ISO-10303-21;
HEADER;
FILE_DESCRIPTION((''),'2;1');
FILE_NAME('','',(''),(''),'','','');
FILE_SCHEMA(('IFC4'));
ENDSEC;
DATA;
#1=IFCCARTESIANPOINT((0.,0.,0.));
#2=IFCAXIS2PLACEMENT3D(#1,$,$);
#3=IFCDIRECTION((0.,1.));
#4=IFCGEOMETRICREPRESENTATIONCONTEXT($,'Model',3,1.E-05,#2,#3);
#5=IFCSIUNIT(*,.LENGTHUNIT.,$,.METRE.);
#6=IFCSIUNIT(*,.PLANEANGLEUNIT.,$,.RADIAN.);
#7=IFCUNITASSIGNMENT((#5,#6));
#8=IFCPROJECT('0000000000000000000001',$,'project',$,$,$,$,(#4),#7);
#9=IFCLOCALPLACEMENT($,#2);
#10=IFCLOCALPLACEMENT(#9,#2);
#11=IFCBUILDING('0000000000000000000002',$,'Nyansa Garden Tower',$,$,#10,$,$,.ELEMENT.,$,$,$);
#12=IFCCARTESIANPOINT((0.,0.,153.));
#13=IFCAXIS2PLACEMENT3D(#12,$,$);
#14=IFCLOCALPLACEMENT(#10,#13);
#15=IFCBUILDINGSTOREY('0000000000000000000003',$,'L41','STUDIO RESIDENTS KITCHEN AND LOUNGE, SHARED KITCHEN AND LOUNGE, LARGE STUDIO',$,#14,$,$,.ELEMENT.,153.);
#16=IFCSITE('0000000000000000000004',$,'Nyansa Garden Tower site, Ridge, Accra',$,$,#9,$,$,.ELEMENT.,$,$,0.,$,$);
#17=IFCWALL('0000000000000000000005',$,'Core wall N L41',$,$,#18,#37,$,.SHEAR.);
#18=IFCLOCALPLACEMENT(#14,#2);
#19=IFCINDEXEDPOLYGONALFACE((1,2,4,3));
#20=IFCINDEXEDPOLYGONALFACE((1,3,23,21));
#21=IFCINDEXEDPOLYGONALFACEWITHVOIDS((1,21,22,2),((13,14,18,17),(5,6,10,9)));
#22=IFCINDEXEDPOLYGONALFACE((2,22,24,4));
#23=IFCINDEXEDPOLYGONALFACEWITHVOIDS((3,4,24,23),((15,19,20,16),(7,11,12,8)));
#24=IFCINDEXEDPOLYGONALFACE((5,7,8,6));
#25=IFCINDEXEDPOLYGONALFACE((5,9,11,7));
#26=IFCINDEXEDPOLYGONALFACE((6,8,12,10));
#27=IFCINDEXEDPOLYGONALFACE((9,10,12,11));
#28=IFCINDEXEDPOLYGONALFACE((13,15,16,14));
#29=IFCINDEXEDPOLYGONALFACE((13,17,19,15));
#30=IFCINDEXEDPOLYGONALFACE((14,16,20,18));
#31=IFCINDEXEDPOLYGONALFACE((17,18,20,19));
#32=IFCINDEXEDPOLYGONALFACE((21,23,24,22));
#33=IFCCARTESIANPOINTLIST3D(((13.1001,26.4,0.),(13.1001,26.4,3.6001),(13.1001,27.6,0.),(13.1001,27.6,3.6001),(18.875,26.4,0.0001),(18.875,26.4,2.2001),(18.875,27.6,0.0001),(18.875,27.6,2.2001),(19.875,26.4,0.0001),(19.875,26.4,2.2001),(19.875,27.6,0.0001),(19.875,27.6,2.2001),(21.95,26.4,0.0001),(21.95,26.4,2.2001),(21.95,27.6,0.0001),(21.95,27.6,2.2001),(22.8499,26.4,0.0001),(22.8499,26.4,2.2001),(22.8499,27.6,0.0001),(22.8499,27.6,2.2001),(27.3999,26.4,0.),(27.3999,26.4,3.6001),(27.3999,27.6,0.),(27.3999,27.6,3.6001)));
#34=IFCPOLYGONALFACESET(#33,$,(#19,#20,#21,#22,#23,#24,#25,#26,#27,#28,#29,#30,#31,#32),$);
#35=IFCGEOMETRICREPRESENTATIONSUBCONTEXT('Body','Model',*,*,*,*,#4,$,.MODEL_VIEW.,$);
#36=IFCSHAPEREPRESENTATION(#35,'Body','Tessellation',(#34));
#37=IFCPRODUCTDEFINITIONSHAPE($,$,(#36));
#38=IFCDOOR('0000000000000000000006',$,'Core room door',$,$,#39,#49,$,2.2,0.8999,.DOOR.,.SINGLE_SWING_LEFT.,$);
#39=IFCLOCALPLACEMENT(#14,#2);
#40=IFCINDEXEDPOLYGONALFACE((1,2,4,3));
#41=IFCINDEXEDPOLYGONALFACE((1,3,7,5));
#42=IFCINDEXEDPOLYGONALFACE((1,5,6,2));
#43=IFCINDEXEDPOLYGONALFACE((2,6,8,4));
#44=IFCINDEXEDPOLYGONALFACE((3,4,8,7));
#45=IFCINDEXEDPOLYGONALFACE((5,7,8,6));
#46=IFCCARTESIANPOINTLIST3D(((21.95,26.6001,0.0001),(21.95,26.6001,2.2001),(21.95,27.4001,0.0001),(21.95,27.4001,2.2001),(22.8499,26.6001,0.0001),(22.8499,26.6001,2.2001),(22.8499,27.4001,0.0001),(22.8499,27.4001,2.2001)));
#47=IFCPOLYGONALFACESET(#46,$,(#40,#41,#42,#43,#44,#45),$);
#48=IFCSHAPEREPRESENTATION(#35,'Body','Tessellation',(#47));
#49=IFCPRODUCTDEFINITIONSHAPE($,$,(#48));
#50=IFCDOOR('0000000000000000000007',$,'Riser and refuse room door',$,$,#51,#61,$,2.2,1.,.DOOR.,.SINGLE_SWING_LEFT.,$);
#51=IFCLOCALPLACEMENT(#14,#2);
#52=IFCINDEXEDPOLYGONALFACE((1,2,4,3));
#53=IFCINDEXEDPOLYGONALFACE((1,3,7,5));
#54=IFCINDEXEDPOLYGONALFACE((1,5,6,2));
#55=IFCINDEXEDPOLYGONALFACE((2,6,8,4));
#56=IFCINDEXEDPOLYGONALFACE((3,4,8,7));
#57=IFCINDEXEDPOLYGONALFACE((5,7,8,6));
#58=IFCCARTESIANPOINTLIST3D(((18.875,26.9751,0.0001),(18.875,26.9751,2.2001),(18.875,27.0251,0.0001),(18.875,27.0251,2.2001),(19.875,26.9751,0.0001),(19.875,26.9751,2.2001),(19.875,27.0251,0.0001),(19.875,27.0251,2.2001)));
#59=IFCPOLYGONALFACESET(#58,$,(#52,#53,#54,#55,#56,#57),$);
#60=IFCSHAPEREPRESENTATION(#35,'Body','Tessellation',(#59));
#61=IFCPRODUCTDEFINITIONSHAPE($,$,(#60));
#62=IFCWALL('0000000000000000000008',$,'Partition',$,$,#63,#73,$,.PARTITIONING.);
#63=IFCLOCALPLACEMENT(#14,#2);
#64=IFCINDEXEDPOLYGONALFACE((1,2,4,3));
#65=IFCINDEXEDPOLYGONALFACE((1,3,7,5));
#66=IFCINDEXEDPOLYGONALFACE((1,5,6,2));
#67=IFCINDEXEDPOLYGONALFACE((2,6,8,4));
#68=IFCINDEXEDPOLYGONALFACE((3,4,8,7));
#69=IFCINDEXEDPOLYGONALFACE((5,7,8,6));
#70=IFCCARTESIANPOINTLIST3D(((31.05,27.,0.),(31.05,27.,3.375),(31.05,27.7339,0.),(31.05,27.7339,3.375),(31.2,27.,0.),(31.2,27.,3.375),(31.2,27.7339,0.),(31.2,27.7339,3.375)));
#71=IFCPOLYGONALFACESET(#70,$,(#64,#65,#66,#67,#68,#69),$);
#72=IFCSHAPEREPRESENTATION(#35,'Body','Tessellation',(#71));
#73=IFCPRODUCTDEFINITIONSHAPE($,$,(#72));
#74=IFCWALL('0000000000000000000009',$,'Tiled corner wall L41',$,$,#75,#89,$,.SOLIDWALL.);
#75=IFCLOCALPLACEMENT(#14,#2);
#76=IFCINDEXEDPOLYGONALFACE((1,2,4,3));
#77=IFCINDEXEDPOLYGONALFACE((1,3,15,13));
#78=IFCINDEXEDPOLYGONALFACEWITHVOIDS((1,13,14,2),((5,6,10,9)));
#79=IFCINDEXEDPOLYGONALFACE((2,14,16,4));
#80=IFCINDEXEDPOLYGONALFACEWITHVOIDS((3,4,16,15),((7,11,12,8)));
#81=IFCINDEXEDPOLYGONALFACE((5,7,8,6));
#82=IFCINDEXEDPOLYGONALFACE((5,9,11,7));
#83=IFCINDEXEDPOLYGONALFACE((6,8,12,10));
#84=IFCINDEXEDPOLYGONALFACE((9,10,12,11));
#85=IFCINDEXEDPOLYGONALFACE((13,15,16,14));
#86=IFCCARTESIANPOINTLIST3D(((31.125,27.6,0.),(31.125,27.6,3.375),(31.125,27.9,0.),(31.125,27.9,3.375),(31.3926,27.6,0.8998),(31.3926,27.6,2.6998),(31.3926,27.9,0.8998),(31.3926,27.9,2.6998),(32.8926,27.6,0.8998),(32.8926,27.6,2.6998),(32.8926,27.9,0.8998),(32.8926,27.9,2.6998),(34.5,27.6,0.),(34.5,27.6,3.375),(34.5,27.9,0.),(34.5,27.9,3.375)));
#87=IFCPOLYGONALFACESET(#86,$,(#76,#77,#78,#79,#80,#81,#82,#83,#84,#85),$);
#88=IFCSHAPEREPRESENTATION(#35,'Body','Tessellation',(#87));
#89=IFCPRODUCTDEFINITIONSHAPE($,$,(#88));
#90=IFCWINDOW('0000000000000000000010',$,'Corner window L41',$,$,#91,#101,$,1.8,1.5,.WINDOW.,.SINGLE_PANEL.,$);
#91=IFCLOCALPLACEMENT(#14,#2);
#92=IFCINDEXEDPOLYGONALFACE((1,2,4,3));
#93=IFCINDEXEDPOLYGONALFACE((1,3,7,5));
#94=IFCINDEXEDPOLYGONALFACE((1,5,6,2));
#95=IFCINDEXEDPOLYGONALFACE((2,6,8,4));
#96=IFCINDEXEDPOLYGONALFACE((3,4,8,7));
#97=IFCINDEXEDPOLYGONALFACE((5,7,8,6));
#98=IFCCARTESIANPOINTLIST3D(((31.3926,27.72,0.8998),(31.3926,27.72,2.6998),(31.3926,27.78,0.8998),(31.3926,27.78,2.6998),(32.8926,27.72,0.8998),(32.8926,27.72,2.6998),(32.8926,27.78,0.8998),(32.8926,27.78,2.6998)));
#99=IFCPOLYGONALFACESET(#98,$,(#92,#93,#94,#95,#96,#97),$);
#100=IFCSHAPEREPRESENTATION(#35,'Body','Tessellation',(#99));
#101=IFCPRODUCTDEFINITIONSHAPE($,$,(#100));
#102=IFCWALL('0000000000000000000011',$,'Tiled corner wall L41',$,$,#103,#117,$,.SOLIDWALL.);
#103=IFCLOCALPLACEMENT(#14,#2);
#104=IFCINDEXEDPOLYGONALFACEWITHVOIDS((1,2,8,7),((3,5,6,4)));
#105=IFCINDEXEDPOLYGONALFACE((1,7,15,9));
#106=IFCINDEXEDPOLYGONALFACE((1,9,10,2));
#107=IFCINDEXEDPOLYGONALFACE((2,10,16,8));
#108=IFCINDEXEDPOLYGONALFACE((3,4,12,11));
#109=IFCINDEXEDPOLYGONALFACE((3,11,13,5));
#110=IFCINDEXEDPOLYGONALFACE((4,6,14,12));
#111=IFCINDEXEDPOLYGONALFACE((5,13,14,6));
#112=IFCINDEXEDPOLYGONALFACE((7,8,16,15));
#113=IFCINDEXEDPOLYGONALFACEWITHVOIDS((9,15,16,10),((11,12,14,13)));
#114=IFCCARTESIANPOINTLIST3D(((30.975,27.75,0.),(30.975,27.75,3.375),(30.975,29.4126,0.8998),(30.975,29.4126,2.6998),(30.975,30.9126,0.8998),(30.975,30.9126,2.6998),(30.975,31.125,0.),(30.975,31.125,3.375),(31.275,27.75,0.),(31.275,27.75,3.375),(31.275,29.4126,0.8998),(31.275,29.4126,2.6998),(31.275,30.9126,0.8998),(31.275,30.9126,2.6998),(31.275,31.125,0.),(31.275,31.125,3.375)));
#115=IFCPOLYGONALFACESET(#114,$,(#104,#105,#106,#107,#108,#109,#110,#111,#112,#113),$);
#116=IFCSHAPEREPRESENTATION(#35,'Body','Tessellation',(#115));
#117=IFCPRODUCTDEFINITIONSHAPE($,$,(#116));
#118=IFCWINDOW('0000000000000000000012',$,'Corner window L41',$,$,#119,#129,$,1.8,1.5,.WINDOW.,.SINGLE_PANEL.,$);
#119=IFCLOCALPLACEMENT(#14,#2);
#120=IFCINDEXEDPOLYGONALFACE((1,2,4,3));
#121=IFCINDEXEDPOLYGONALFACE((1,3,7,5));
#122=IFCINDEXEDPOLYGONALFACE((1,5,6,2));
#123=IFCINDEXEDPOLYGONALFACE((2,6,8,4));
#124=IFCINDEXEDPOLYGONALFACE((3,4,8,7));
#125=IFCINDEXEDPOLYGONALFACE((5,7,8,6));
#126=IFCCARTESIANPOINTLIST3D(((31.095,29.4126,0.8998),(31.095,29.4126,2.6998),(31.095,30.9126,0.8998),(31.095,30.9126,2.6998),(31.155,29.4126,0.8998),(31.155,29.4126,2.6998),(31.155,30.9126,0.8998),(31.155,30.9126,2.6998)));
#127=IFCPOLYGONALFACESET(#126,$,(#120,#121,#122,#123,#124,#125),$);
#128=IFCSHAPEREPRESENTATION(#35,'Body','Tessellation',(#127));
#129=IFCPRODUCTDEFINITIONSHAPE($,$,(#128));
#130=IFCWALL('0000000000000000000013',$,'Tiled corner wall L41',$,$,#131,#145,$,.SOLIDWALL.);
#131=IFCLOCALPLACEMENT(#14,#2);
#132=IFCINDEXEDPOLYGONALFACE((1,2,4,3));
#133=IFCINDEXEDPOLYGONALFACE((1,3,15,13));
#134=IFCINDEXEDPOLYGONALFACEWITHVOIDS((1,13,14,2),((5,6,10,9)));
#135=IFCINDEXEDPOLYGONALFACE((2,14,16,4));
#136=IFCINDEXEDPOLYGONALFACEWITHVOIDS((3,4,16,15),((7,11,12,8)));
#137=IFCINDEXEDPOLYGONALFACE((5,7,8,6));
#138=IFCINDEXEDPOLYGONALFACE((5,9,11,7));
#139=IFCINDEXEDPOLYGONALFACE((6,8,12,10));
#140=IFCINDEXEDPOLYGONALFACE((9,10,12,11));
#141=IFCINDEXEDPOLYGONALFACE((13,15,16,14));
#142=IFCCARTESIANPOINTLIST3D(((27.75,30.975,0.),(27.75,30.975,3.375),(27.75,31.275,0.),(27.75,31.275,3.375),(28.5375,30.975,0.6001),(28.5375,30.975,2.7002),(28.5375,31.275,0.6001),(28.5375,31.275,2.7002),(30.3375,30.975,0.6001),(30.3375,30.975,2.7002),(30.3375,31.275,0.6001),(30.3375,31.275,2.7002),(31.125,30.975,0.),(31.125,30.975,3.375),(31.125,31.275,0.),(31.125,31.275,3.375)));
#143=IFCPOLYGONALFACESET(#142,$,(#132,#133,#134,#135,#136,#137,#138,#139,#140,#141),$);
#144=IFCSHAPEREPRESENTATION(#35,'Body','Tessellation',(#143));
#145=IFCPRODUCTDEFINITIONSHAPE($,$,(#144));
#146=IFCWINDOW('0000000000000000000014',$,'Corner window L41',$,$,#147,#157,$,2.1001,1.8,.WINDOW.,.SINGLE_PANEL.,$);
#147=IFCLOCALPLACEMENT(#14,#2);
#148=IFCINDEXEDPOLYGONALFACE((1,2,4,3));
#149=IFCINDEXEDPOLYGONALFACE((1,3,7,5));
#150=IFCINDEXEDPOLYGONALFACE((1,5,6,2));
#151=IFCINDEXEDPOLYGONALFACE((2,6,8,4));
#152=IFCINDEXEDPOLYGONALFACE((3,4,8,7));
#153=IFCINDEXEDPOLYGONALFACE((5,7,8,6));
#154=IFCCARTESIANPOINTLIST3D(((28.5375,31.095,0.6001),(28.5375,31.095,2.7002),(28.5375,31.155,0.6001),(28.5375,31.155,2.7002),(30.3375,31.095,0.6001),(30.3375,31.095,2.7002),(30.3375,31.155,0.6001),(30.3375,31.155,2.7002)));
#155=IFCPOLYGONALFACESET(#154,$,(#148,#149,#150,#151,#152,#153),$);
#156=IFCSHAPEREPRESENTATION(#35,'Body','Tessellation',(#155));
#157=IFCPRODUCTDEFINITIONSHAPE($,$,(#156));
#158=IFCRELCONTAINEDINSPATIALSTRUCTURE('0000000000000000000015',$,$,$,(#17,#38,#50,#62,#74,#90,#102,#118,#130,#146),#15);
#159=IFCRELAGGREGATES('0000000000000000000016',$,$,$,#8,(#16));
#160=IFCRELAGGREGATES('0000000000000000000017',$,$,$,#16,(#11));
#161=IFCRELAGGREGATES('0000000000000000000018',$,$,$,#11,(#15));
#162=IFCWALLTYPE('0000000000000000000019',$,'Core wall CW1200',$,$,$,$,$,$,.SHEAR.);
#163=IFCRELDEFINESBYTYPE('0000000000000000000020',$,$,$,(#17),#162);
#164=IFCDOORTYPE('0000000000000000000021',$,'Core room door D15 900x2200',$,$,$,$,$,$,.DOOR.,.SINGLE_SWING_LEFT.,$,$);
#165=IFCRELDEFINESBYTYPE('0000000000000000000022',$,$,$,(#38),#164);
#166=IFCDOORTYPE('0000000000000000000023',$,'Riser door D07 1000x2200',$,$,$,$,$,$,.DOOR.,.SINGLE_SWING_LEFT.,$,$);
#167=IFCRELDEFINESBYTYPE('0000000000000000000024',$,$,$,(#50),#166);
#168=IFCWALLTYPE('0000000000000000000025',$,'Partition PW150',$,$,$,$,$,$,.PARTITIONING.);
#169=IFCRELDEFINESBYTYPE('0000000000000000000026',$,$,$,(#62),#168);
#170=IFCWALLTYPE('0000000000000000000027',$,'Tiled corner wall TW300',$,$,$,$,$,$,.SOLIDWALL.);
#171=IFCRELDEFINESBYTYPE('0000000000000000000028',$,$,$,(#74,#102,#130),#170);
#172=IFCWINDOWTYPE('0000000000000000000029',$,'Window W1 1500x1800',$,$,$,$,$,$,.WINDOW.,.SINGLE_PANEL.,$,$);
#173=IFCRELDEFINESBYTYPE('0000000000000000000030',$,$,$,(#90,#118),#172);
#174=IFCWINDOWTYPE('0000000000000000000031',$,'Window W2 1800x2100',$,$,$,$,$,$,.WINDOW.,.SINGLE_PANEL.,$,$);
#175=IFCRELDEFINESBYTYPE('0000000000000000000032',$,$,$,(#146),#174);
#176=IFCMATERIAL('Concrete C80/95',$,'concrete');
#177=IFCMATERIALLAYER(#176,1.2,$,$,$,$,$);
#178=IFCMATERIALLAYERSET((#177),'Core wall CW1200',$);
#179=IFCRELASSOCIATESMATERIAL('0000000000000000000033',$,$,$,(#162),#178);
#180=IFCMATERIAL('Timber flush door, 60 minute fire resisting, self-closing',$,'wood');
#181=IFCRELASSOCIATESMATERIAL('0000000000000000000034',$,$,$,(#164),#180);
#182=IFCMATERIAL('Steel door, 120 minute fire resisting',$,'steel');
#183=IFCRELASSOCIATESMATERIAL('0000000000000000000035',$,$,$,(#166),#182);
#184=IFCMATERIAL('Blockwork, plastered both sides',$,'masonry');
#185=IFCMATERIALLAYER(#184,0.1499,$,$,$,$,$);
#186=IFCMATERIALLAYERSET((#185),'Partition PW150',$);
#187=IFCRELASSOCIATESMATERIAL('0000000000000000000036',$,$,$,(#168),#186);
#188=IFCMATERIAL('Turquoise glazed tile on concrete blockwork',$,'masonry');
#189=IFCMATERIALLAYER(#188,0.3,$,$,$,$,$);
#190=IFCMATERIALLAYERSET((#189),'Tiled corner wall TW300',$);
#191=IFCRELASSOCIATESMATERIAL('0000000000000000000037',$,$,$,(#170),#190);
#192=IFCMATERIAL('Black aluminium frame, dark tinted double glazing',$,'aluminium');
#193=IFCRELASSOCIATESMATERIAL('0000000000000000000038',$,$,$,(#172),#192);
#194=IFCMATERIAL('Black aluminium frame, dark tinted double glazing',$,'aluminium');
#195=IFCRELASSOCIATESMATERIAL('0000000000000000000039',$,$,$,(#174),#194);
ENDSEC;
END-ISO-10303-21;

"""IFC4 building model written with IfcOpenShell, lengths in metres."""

from ifc_helpers import new_model, si_unit, direction, frame, frame_2d, origin, place, context, subcontext, project, spatial, rectangle, extrude, material, layer, layer_set, type_object, element, fill, save


model = new_model("IFC4")

# Units and contexts
model_context = context("Model", 3, precision=1e-05, world=origin(), true_north=direction((0.0, 1.0)))
body_context = subcontext(model_context, "Body", "Model", "MODEL_VIEW")
ifc_project = project(units=[si_unit("LENGTHUNIT", "METRE"), si_unit("PLANEANGLEUNIT", "RADIAN")], contexts=[model_context])

# Site, building, storey
site_placement = place(None, origin())
site = spatial("IfcSite", under=ifc_project, at=site_placement, Name="Nyansa Garden Tower site, Ridge, Accra", CompositionType="ELEMENT", RefElevation=0.0)
building_placement = place(site_placement, origin())
building = spatial("IfcBuilding", under=site, at=building_placement, Name="Nyansa Garden Tower", CompositionType="ELEMENT")
storey_placement = place(building_placement, frame((0.0, 0.0, 153.0)))
storey = spatial("IfcBuildingStorey", under=building, at=storey_placement, Name="L41", Description="STUDIO RESIDENTS KITCHEN AND LOUNGE, SHARED KITCHEN AND LOUNGE, LARGE STUDIO", CompositionType="ELEMENT", Elevation=153.0)

# Wall, openings, doors
ifc_material_1 = material(Name="Concrete C80/95", Category="concrete")
ifc_layer_1 = layer(ifc_material_1, 1.2)
ifc_layer_set_1 = layer_set([ifc_layer_1], Name="Core wall CW1200")
wall_type_1 = type_object("IfcWallType", Name="Core wall CW1200", PredefinedType="SHEAR", material=ifc_layer_set_1)
wall_1_placement = place(storey_placement, frame((27.3999, 27.0, 0.0), z_axis=(0.0, 0.0, 1.0), x_axis=(-1.0, 0.0, 0.0)))
wall_1 = element("IfcWall", 1, at=wall_1_placement, inside=storey, type_object=wall_type_1, Name="Core wall N L41", PredefinedType="SHEAR", context=body_context, shape_type="SweptSolid", body=[
    extrude(rectangle(XDim=14.2998, YDim=1.2, at=frame_2d((7.1499, 0.0))), origin(), (0.0, 0.0, 1.0), 3.6001),
])
opening_1_placement = place(wall_1_placement, frame((4.55, 0.0, 0.0)))
opening_1 = element("IfcOpeningElement", 2, at=opening_1_placement, cuts=wall_1, PredefinedType="OPENING", context=body_context, shape_type="SweptSolid", body=[
    extrude(rectangle(XDim=0.8999, YDim=2.2, at=frame_2d((0.45, 1.1001))), frame((0.0, 0.6099, 0.0), z_axis=(0.0, -1.0, 0.0), x_axis=(1.0, 0.0, 0.0)), (0.0, 0.0, 1.0), 1.22),
])
opening_2_placement = place(wall_1_placement, frame((7.5249, 0.0, 0.0)))
opening_2 = element("IfcOpeningElement", 3, at=opening_2_placement, cuts=wall_1, PredefinedType="OPENING", context=body_context, shape_type="SweptSolid", body=[
    extrude(rectangle(XDim=1.0, YDim=2.2, at=frame_2d((0.5, 1.1001))), frame((0.0, 0.6099, 0.0), z_axis=(0.0, -1.0, 0.0), x_axis=(1.0, 0.0, 0.0)), (0.0, 0.0, 1.0), 1.22),
])
ifc_material_2 = material(Name="Timber flush door, 60 minute fire resisting, self-closing", Category="wood")
door_type_1 = type_object("IfcDoorType", Name="Core room door D15 900x2200", OperationType="SINGLE_SWING_LEFT", PredefinedType="DOOR", material=ifc_material_2)
door_1_placement = place(opening_1_placement, origin())
door_1 = element("IfcDoor", 4, at=door_1_placement, inside=storey, type_object=door_type_1, Name="Core room door", OperationType="SINGLE_SWING_LEFT", OverallHeight=2.2, OverallWidth=0.8999, PredefinedType="DOOR", context=body_context, shape_type="SweptSolid", body=[
    extrude(rectangle(XDim=0.8999, YDim=2.2, at=frame_2d((0.45, 1.1001))), frame((0.0, 0.3999, 0.0), z_axis=(0.0, -1.0, 0.0), x_axis=(1.0, 0.0, 0.0)), (0.0, 0.0, 1.0), 0.8),
])
fill(opening_1, door_1)
ifc_material_3 = material(Name="Steel door, 120 minute fire resisting", Category="steel")
door_type_2 = type_object("IfcDoorType", Name="Riser door D07 1000x2200", OperationType="SINGLE_SWING_LEFT", PredefinedType="DOOR", material=ifc_material_3)
door_2_placement = place(opening_2_placement, origin())
door_2 = element("IfcDoor", 5, at=door_2_placement, inside=storey, type_object=door_type_2, Name="Riser and refuse room door", OperationType="SINGLE_SWING_LEFT", OverallHeight=2.2, OverallWidth=1.0, PredefinedType="DOOR", context=body_context, shape_type="SweptSolid", body=[
    extrude(rectangle(XDim=1.0, YDim=2.2, at=frame_2d((0.5, 1.1001))), frame((0.0, 0.0249, 0.0), z_axis=(0.0, -1.0, 0.0), x_axis=(1.0, 0.0, 0.0)), (0.0, 0.0, 1.0), 0.05),
])
fill(opening_2, door_2)

# Wall
ifc_material_4 = material(Name="Blockwork, plastered both sides", Category="masonry")
ifc_layer_2 = layer(ifc_material_4, 0.1499)
ifc_layer_set_2 = layer_set([ifc_layer_2], Name="Partition PW150")
wall_type_2 = type_object("IfcWallType", Name="Partition PW150", PredefinedType="PARTITIONING", material=ifc_layer_set_2)
wall_2_placement = place(storey_placement, frame((31.125, 27.0, 0.0), z_axis=(0.0, 0.0, 1.0), x_axis=(0.0, 1.0, 0.0)))
element("IfcWall", 6, at=wall_2_placement, inside=storey, type_object=wall_type_2, Name="Partition", PredefinedType="PARTITIONING", context=body_context, shape_type="SweptSolid", body=[
    extrude(rectangle(XDim=0.7339, YDim=0.1499, at=frame_2d((0.3669, 0.0))), origin(), (0.0, 0.0, 1.0), 3.375),
])

# Walls, openings, windows
ifc_material_5 = material(Name="Turquoise glazed tile on concrete blockwork", Category="masonry")
ifc_layer_3 = layer(ifc_material_5, 0.3)
ifc_layer_set_3 = layer_set([ifc_layer_3], Name="Tiled corner wall TW300")
wall_type_3 = type_object("IfcWallType", Name="Tiled corner wall TW300", PredefinedType="SOLIDWALL", material=ifc_layer_set_3)
wall_3_placement = place(storey_placement, frame((34.5, 27.75, 0.0), z_axis=(0.0, 0.0, 1.0), x_axis=(-1.0, 0.0, 0.0)))
wall_3 = element("IfcWall", 7, at=wall_3_placement, inside=storey, type_object=wall_type_3, Name="Tiled corner wall L41", PredefinedType="SOLIDWALL", context=body_context, shape_type="SweptSolid", body=[
    extrude(rectangle(XDim=3.375, YDim=0.3, at=frame_2d((1.6875, 0.0))), origin(), (0.0, 0.0, 1.0), 3.375),
])
opening_3_placement = place(wall_3_placement, frame((1.6074, 0.0, 0.8999)))
opening_3 = element("IfcOpeningElement", 8, at=opening_3_placement, cuts=wall_3, PredefinedType="OPENING", context=body_context, shape_type="SweptSolid", body=[
    extrude(rectangle(XDim=1.5, YDim=1.8, at=frame_2d((0.75, 0.8999))), frame((0.0, 0.1599, 0.0), z_axis=(0.0, -1.0, 0.0), x_axis=(1.0, 0.0, 0.0)), (0.0, 0.0, 1.0), 0.3201),
])
ifc_material_6 = material(Name="Black aluminium frame, dark tinted double glazing", Category="aluminium")
window_type_1 = type_object("IfcWindowType", Name="Window W1 1500x1800", PartitioningType="SINGLE_PANEL", PredefinedType="WINDOW", material=ifc_material_6)
window_1_placement = place(opening_3_placement, origin())
window_1 = element("IfcWindow", 9, at=window_1_placement, inside=storey, type_object=window_type_1, Name="Corner window L41", OverallHeight=1.8, OverallWidth=1.5, PartitioningType="SINGLE_PANEL", PredefinedType="WINDOW", context=body_context, shape_type="SweptSolid", body=[
    extrude(rectangle(XDim=1.5, YDim=1.8, at=frame_2d((0.75, 0.8999))), frame((0.0, 0.03, 0.0), z_axis=(0.0, -1.0, 0.0), x_axis=(1.0, 0.0, 0.0)), (0.0, 0.0, 1.0), 0.0601),
])
fill(opening_3, window_1)
wall_4_placement = place(storey_placement, frame((31.125, 27.75, 0.0), z_axis=(0.0, 0.0, 1.0), x_axis=(0.0, 1.0, 0.0)))
wall_4 = element("IfcWall", 10, at=wall_4_placement, inside=storey, type_object=wall_type_3, Name="Tiled corner wall L41", PredefinedType="SOLIDWALL", context=body_context, shape_type="SweptSolid", body=[
    extrude(rectangle(XDim=3.375, YDim=0.3, at=frame_2d((1.6875, 0.0))), origin(), (0.0, 0.0, 1.0), 3.375),
])
opening_4_placement = place(wall_4_placement, frame((1.6626, 0.0, 0.8999)))
opening_4 = element("IfcOpeningElement", 11, at=opening_4_placement, cuts=wall_4, PredefinedType="OPENING", context=body_context, shape_type="SweptSolid", body=[
    extrude(rectangle(XDim=1.5, YDim=1.8, at=frame_2d((0.75, 0.8999))), frame((0.0, 0.1599, 0.0), z_axis=(0.0, -1.0, 0.0), x_axis=(1.0, 0.0, 0.0)), (0.0, 0.0, 1.0), 0.3201),
])
window_2_placement = place(opening_4_placement, origin())
window_2 = element("IfcWindow", 12, at=window_2_placement, inside=storey, type_object=window_type_1, Name="Corner window L41", OverallHeight=1.8, OverallWidth=1.5, PartitioningType="SINGLE_PANEL", PredefinedType="WINDOW", context=body_context, shape_type="SweptSolid", body=[
    extrude(rectangle(XDim=1.5, YDim=1.8, at=frame_2d((0.75, 0.8999))), frame((0.0, 0.03, 0.0), z_axis=(0.0, -1.0, 0.0), x_axis=(1.0, 0.0, 0.0)), (0.0, 0.0, 1.0), 0.0601),
])
fill(opening_4, window_2)
wall_5_placement = place(storey_placement, frame((31.125, 31.125, 0.0), z_axis=(0.0, 0.0, 1.0), x_axis=(-1.0, 0.0, 0.0)))
wall_5 = element("IfcWall", 13, at=wall_5_placement, inside=storey, type_object=wall_type_3, Name="Tiled corner wall L41", PredefinedType="SOLIDWALL", context=body_context, shape_type="SweptSolid", body=[
    extrude(rectangle(XDim=3.375, YDim=0.3, at=frame_2d((1.6875, 0.0))), origin(), (0.0, 0.0, 1.0), 3.375),
])
opening_5_placement = place(wall_5_placement, frame((0.7876, 0.0, 0.6001)))
opening_5 = element("IfcOpeningElement", 14, at=opening_5_placement, cuts=wall_5, PredefinedType="OPENING", context=body_context, shape_type="SweptSolid", body=[
    extrude(rectangle(XDim=1.8, YDim=2.1001, at=frame_2d((0.8999, 1.05))), frame((0.0, 0.1599, 0.0), z_axis=(0.0, -1.0, 0.0), x_axis=(1.0, 0.0, 0.0)), (0.0, 0.0, 1.0), 0.3201),
])
ifc_material_7 = material(Name="Black aluminium frame, dark tinted double glazing", Category="aluminium")
window_type_2 = type_object("IfcWindowType", Name="Window W2 1800x2100", PartitioningType="SINGLE_PANEL", PredefinedType="WINDOW", material=ifc_material_7)
window_3_placement = place(opening_5_placement, origin())
window_3 = element("IfcWindow", 15, at=window_3_placement, inside=storey, type_object=window_type_2, Name="Corner window L41", OverallHeight=2.1001, OverallWidth=1.8, PartitioningType="SINGLE_PANEL", PredefinedType="WINDOW", context=body_context, shape_type="SweptSolid", body=[
    extrude(rectangle(XDim=1.8, YDim=2.1001, at=frame_2d((0.8999, 1.05))), frame((0.0, 0.03, 0.0), z_axis=(0.0, -1.0, 0.0), x_axis=(1.0, 0.0, 0.0)), (0.0, 0.0, 1.0), 0.0601),
])
fill(opening_5, window_3)

save(model, "model.ifc")
